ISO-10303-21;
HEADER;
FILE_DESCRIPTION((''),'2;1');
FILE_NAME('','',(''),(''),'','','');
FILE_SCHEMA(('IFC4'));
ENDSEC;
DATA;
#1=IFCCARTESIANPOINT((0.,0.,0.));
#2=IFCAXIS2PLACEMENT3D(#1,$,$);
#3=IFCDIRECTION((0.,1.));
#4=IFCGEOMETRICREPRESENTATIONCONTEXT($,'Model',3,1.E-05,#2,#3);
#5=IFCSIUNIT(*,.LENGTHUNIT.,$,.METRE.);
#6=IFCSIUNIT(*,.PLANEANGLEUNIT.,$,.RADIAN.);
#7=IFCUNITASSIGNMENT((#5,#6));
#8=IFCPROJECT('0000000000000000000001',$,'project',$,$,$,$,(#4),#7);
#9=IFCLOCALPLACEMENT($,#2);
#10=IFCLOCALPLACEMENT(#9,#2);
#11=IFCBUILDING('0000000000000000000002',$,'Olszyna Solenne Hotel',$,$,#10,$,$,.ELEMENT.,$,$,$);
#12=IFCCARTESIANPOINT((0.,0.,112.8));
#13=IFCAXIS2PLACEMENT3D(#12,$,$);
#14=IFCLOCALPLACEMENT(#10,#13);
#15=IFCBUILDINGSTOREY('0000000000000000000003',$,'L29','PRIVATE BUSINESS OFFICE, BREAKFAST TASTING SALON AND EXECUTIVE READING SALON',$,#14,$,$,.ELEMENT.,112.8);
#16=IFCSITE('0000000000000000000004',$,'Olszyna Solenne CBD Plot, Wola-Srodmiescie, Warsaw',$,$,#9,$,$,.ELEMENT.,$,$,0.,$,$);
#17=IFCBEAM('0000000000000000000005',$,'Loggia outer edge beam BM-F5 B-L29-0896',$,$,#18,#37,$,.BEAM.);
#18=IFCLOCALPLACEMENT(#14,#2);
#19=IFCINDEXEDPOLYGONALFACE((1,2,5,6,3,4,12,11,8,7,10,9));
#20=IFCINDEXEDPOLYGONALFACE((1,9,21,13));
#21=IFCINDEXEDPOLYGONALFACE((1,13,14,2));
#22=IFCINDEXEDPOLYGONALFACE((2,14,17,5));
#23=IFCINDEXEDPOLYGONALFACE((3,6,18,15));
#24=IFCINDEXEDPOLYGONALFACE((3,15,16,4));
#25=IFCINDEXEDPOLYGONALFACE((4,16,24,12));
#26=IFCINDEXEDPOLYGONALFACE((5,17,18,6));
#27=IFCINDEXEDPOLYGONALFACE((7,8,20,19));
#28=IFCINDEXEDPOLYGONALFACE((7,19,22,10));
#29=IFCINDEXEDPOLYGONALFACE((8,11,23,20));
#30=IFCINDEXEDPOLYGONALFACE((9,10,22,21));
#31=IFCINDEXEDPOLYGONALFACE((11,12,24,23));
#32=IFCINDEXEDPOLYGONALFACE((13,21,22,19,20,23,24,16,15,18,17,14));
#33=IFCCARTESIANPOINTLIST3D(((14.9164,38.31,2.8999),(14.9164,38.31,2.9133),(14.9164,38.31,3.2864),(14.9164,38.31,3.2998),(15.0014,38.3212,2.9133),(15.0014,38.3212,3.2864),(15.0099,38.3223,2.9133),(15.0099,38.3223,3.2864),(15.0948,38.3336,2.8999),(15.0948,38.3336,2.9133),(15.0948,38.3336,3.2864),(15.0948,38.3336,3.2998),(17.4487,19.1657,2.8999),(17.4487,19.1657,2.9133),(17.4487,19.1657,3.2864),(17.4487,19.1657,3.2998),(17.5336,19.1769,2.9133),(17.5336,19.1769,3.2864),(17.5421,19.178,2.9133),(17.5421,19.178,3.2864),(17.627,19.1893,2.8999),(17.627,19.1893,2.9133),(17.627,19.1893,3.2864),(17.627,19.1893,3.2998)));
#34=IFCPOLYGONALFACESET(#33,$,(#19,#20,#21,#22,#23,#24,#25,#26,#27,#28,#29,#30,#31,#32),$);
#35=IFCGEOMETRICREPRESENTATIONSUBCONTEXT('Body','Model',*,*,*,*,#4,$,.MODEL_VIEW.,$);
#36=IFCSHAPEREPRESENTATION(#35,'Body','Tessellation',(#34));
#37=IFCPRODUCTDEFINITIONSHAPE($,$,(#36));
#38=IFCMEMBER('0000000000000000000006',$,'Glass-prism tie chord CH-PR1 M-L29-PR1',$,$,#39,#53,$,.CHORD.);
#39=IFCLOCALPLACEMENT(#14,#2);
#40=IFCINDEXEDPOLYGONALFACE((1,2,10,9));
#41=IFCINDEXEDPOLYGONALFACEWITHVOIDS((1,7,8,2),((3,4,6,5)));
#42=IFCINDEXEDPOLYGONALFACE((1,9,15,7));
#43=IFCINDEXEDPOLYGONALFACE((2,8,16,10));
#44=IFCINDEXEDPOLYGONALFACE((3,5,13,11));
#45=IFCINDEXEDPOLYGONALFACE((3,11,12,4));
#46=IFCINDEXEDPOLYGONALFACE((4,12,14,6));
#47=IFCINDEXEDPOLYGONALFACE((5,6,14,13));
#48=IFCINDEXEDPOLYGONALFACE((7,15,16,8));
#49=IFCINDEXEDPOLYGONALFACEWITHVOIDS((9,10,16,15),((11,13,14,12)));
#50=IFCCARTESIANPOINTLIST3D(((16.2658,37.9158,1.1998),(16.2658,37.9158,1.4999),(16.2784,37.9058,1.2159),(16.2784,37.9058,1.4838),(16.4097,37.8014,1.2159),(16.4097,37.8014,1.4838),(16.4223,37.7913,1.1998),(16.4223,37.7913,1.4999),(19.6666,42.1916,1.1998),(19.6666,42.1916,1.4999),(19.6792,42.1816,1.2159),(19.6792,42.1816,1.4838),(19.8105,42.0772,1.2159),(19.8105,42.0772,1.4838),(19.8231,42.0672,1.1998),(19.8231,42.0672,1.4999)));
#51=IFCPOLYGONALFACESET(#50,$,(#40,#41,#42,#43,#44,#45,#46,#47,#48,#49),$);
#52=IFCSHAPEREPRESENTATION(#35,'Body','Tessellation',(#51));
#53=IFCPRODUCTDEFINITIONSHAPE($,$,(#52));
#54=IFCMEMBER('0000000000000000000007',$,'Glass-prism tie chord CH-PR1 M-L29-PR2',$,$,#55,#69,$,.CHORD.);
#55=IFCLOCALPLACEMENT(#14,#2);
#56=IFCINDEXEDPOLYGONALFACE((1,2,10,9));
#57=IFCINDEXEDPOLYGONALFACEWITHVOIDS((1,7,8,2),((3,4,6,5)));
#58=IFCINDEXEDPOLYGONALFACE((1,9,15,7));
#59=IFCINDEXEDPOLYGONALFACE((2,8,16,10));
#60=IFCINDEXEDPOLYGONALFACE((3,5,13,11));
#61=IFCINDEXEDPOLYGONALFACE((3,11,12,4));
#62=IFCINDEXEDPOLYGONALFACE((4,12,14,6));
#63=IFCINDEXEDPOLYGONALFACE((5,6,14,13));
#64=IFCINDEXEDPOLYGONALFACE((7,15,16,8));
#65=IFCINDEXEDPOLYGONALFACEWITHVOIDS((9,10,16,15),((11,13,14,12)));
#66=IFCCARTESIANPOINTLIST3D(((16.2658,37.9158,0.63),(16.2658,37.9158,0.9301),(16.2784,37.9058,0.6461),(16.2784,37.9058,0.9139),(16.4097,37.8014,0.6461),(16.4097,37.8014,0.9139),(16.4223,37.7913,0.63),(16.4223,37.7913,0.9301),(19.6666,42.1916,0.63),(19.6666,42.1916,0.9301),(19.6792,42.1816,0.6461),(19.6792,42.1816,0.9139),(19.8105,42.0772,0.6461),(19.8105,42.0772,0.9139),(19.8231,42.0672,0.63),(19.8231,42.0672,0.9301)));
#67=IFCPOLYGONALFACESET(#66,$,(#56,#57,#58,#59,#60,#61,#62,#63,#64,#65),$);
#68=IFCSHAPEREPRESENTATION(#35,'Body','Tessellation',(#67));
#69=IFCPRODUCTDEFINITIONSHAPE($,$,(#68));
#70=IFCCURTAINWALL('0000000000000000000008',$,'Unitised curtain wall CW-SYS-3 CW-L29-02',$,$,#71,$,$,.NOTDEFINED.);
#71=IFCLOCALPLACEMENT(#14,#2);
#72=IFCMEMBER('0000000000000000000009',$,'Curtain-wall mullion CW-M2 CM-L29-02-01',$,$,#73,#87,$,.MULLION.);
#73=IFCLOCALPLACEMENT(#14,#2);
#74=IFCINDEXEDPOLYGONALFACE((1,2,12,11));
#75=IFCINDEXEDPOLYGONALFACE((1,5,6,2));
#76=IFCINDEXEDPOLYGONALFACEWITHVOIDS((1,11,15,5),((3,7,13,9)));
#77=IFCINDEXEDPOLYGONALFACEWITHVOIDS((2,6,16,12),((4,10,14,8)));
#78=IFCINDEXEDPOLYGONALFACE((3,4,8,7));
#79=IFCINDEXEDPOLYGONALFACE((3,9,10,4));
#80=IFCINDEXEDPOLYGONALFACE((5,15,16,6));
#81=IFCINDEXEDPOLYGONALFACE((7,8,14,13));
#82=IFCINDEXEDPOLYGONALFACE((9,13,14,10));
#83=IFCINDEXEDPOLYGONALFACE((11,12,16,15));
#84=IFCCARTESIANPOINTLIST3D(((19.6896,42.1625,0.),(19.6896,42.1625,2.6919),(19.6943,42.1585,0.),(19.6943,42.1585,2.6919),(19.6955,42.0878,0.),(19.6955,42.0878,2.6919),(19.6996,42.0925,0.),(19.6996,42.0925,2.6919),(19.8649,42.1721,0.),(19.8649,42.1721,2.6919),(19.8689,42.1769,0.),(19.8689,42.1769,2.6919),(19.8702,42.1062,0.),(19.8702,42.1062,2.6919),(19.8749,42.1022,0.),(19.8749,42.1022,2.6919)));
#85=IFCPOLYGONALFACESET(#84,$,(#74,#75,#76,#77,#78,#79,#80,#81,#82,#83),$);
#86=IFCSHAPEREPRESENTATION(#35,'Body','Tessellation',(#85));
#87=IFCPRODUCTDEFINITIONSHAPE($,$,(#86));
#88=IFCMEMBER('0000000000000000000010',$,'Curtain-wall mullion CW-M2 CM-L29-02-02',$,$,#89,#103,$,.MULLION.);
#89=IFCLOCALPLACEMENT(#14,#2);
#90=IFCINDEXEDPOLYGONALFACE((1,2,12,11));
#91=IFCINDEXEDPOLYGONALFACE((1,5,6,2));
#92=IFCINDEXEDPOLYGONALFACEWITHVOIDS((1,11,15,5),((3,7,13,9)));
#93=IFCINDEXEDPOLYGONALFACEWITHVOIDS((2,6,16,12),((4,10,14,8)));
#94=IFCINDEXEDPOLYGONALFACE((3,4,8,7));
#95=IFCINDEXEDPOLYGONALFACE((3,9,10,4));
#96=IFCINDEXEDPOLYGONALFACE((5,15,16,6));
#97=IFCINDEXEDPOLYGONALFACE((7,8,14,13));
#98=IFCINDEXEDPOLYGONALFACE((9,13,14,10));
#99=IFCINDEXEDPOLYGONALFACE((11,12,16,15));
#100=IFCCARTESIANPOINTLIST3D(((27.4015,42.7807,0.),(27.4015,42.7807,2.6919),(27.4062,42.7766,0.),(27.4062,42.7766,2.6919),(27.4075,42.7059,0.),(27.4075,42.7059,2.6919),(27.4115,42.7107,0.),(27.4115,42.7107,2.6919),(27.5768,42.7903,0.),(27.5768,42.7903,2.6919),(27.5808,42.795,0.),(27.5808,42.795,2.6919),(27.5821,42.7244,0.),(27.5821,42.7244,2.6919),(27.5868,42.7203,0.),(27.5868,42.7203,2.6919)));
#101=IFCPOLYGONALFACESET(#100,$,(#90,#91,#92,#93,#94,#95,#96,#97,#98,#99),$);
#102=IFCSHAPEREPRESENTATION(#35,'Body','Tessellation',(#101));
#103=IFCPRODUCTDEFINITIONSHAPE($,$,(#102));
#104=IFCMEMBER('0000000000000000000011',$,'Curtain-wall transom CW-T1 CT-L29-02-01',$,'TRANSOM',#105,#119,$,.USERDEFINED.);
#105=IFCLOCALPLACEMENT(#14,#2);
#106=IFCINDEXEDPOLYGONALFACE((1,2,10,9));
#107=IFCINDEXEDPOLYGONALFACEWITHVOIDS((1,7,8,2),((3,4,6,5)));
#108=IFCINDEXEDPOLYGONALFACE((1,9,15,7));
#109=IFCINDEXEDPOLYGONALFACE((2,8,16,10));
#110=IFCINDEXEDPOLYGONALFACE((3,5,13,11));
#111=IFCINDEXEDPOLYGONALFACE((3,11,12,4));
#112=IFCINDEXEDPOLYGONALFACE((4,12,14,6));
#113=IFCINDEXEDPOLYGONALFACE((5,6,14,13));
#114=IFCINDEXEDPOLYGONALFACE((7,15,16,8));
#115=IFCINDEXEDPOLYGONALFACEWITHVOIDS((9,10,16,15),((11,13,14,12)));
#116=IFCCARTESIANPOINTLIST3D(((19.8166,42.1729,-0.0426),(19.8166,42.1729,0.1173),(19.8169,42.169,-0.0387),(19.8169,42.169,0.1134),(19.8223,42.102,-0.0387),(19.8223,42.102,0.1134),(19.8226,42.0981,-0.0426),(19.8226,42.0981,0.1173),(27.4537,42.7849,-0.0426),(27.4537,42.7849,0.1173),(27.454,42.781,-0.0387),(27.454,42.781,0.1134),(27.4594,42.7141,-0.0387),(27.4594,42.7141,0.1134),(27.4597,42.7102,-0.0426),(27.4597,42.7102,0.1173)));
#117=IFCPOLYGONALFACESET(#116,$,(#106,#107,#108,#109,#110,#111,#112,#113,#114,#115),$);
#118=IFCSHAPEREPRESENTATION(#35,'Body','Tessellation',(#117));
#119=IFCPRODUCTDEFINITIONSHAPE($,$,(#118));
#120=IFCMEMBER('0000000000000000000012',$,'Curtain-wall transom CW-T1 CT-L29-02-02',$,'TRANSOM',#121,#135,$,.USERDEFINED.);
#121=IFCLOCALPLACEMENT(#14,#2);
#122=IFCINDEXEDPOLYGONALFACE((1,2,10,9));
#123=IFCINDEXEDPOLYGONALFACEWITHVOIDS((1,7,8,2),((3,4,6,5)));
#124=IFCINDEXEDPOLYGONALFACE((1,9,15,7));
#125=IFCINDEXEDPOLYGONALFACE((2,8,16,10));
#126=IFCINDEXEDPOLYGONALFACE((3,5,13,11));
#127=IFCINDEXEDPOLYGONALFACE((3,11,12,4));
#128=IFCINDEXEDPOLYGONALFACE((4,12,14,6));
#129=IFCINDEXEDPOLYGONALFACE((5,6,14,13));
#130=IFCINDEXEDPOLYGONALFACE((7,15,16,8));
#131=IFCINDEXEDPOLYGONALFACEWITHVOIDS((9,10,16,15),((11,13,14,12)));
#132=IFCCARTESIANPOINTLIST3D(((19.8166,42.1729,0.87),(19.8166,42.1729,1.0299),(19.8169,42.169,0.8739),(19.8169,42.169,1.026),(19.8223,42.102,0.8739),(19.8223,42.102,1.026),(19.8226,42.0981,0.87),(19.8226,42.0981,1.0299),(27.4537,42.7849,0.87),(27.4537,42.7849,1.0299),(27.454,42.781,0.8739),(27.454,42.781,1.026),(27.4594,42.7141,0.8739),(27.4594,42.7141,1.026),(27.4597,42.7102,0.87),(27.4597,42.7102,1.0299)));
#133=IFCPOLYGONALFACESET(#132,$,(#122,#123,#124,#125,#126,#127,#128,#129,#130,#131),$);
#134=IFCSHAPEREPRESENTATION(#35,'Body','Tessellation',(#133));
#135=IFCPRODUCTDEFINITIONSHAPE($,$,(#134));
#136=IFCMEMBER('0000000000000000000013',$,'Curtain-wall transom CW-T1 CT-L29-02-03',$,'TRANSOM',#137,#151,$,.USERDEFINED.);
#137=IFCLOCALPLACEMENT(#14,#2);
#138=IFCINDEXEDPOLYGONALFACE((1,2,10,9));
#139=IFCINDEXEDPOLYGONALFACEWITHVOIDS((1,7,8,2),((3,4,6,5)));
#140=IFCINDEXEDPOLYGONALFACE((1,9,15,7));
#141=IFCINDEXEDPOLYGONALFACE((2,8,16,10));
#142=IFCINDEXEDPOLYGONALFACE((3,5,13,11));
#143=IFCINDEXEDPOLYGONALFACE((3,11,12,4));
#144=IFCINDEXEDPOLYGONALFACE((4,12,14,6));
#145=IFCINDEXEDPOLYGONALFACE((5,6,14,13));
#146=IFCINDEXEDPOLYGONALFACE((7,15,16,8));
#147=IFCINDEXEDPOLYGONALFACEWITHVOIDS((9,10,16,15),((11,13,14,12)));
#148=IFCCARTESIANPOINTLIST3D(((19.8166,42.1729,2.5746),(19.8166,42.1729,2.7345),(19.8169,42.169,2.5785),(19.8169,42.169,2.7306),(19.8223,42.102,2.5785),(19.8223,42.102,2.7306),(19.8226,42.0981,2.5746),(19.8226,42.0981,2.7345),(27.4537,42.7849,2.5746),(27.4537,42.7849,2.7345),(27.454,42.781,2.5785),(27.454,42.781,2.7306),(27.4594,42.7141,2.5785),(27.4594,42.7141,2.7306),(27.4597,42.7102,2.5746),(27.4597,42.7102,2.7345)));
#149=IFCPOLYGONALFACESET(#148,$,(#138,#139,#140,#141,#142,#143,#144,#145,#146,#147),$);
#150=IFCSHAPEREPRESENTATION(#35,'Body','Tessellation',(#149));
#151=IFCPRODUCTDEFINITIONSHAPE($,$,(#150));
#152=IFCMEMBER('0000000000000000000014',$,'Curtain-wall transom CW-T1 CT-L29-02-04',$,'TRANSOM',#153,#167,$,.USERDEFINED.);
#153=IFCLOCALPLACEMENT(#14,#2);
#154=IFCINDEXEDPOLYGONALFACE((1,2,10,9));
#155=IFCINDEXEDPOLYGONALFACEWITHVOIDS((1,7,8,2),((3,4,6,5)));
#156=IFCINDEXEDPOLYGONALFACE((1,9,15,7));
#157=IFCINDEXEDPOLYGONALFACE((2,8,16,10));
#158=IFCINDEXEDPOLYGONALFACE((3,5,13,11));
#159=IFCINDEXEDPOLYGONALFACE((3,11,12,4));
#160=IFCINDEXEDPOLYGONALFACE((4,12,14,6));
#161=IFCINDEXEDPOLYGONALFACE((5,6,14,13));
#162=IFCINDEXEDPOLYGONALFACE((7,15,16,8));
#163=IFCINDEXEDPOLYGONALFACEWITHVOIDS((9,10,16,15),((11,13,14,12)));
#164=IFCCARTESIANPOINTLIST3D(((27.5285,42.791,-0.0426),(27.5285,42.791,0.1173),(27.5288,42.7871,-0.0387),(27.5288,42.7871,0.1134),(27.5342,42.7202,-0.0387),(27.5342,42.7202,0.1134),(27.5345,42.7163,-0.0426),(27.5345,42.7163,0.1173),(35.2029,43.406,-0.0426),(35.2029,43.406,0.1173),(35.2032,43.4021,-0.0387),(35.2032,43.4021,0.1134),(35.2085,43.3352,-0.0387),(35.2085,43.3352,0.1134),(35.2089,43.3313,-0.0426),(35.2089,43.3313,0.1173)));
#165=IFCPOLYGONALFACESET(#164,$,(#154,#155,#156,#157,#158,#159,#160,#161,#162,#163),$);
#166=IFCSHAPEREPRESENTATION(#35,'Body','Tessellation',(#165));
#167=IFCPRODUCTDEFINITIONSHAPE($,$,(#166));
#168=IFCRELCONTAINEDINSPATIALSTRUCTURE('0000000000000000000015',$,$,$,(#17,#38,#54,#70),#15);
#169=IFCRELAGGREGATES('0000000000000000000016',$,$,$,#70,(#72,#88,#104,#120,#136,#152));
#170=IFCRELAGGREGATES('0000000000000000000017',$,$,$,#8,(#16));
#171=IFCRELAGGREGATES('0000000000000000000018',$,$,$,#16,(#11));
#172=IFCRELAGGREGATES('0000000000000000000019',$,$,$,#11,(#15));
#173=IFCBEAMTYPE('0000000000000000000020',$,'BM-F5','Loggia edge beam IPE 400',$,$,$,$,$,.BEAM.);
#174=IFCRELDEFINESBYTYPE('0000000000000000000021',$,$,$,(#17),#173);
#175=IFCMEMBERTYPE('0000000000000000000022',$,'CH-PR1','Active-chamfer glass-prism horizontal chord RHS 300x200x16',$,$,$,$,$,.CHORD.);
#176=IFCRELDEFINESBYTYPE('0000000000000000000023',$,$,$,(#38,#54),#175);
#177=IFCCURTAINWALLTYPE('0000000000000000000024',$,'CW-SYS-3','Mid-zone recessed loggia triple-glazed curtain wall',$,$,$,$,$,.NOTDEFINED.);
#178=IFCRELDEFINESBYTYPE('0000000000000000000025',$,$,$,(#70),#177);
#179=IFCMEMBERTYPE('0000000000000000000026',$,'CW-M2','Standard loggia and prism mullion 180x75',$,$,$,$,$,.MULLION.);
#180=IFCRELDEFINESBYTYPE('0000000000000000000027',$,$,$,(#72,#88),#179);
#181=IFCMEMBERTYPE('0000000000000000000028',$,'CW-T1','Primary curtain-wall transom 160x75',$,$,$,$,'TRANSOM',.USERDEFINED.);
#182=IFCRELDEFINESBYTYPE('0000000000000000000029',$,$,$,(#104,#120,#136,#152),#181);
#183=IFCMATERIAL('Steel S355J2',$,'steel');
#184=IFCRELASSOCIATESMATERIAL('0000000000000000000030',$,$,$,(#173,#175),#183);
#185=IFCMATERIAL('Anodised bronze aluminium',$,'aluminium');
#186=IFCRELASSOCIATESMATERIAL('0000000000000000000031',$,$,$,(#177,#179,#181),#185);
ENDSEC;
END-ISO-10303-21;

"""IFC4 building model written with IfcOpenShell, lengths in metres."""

from ifc_helpers import new_model, si_unit, direction, frame, origin, origin_2d, place, context, subcontext, project, spatial, hollow_rectangle, i_section, extrude, source, transform, mapped, material, material_profile, profile_set, type_object, element, aggregate, save


model = new_model("IFC4")

# Units and contexts
model_context = context("Model", 3, precision=1e-05, world=origin(), true_north=direction((0.0, 1.0)))
body_context = subcontext(model_context, "Body", "Model", "MODEL_VIEW")
ifc_project = project(units=[si_unit("LENGTHUNIT", "METRE"), si_unit("PLANEANGLEUNIT", "RADIAN")], contexts=[model_context])

# Site, building, storey
site_placement = place(None, origin())
site = spatial("IfcSite", under=ifc_project, at=site_placement, Name="Olszyna Solenne CBD Plot, Wola-Srodmiescie, Warsaw", CompositionType="ELEMENT", RefElevation=0.0)
building_placement = place(site_placement, origin())
building = spatial("IfcBuilding", under=site, at=building_placement, Name="Olszyna Solenne Hotel", CompositionType="ELEMENT")
storey_placement = place(building_placement, frame((0.0, 0.0, 112.8)))
storey = spatial("IfcBuildingStorey", under=building, at=storey_placement, Name="L29", Description="PRIVATE BUSINESS OFFICE, BREAKFAST TASTING SALON AND EXECUTIVE READING SALON", CompositionType="ELEMENT", Elevation=112.8)

# Beam
ifc_material_1 = material(Name="Steel S355J2", Category="steel")
ifc_material_profile_1 = material_profile(ifc_material_1, i_section(OverallWidth=0.1799, OverallDepth=0.3999, WebThickness=0.0085, FlangeThickness=0.0134, at=origin_2d()), Name="IPE 400", Category="load-bearing")
ifc_profile_set_1 = profile_set([ifc_material_profile_1], Name="Steel S355J2")
beam_type_1 = type_object("IfcBeamType", Name="BM-F5", Description="Loggia edge beam IPE 400", PredefinedType="BEAM", material=ifc_profile_set_1)
shared_shape_1 = source(origin(), body_context, "Body", "SweptSolid", [
    extrude(i_section(OverallWidth=0.1799, OverallDepth=0.3999, WebThickness=0.0085, FlangeThickness=0.0134, at=origin_2d()), origin(), (0.0, 0.0, 1.0), 19.311),
])
beam_1_placement = place(storey_placement, frame((15.0056, 38.3218, 3.0999), z_axis=(0.131129, -0.991365, 0.0), x_axis=(0.991365, 0.131129, 0.0)))
element("IfcBeam", 1, at=beam_1_placement, inside=storey, type_object=beam_type_1, Name="Loggia outer edge beam BM-F5 B-L29-0896", PredefinedType="BEAM", context=body_context, shape_type="MappedRepresentation", body=[
    mapped(shared_shape_1, transform((0.0, 0.0, 0.0), x_axis=(1.0, 0.0, 0.0), y_axis=(0.0, 1.0, 0.0), z_axis=(0.0, 0.0, 1.0), scale=1.0)),
])

# Members
ifc_material_profile_2 = material_profile(ifc_material_1, hollow_rectangle(XDim=0.2, YDim=0.3, WallThickness=0.0161, at=origin_2d()), Name="RHS 300x200x16", Category="load-bearing")
ifc_profile_set_2 = profile_set([ifc_material_profile_2], Name="Steel S355J2")
member_type_1 = type_object("IfcMemberType", Name="CH-PR1", Description="Active-chamfer glass-prism horizontal chord RHS 300x200x16", PredefinedType="CHORD", material=ifc_profile_set_2)
shared_shape_2 = source(origin(), body_context, "Body", "SweptSolid", [
    extrude(hollow_rectangle(XDim=0.2, YDim=0.3, WallThickness=0.0161, at=origin_2d()), origin(), (0.0, 0.0, 1.0), 5.4634),
])
for number, where, z_axis, x_axis, name in (
    (2, (19.7449, 42.1294, 1.3499), (-0.62248, -0.782636, 0.0), (0.782636, -0.62248, 0.0), "Glass-prism tie chord CH-PR1 M-L29-PR1"),
    (3, (19.7449, 42.1294, 0.78), (-0.62248, -0.782636, 0.0), (0.782636, -0.62248, 0.0), "Glass-prism tie chord CH-PR1 M-L29-PR2"),
):
    element("IfcMember", number, at=place(storey_placement, frame(where, z_axis=z_axis, x_axis=x_axis)), inside=storey, type_object=member_type_1, Name=name, PredefinedType="CHORD", context=body_context, shape_type="MappedRepresentation", body=[
        mapped(shared_shape_2, transform((0.0, 0.0, 0.0), x_axis=(1.0, 0.0, 0.0), y_axis=(0.0, 1.0, 0.0), z_axis=(0.0, 0.0, 1.0), scale=1.0)),
    ])

# Curtain wall, members
ifc_material_2 = material(Name="Anodised bronze aluminium", Category="aluminium")
curtain_wall_type = type_object("IfcCurtainWallType", Name="CW-SYS-3", Description="Mid-zone recessed loggia triple-glazed curtain wall", PredefinedType="NOTDEFINED", material=ifc_material_2)
curtain_wall_placement = place(storey_placement, origin())
curtain_wall = element("IfcCurtainWall", 4, at=curtain_wall_placement, inside=storey, type_object=curtain_wall_type, Name="Unitised curtain wall CW-SYS-3 CW-L29-02", PredefinedType="NOTDEFINED")
ifc_material_profile_3 = material_profile(ifc_material_2, hollow_rectangle(XDim=0.075, YDim=0.1799, WallThickness=0.0044, at=origin_2d()), Name="MULL 180x75x4.5", Category="load-bearing")
ifc_profile_set_3 = profile_set([ifc_material_profile_3], Name="Anodised bronze aluminium")
member_type_2 = type_object("IfcMemberType", Name="CW-M2", Description="Standard loggia and prism mullion 180x75", PredefinedType="MULLION", material=ifc_profile_set_3)
shared_shape_3 = source(origin(), body_context, "Body", "SweptSolid", [
    extrude(hollow_rectangle(XDim=0.075, YDim=0.1799, WallThickness=0.0044, at=origin_2d()), origin(), (0.0, 0.0, 1.0), 2.6919),
])
member_1_placement = place(storey_placement, frame((19.7822, 42.1323, 0.0), z_axis=(0.0, 0.0, 1.0), x_axis=(-0.079903, 0.996803, 0.0)))
member_1 = element("IfcMember", 5, at=member_1_placement, type_object=member_type_2, Name="Curtain-wall mullion CW-M2 CM-L29-02-01", PredefinedType="MULLION", context=body_context, shape_type="MappedRepresentation", body=[
    mapped(shared_shape_3, transform((0.0, 0.0, 0.0), x_axis=(1.0, 0.0, 0.0), y_axis=(0.0, 1.0, 0.0), z_axis=(0.0, 0.0, 1.0), scale=1.0)),
])
member_2_placement = place(storey_placement, frame((27.4941, 42.7505, 0.0), z_axis=(0.0, 0.0, 1.0), x_axis=(-0.079903, 0.996803, 0.0)))
member_2 = element("IfcMember", 6, at=member_2_placement, type_object=member_type_2, Name="Curtain-wall mullion CW-M2 CM-L29-02-02", PredefinedType="MULLION", context=body_context, shape_type="MappedRepresentation", body=[
    mapped(shared_shape_3, transform((0.0, 0.0, 0.0), x_axis=(1.0, 0.0, 0.0), y_axis=(0.0, 1.0, 0.0), z_axis=(0.0, 0.0, 1.0), scale=1.0)),
])
ifc_material_profile_4 = material_profile(ifc_material_2, hollow_rectangle(XDim=0.075, YDim=0.1599, WallThickness=0.0039, at=origin_2d()), Name="TRAN 160x75x4", Category="load-bearing")
ifc_profile_set_4 = profile_set([ifc_material_profile_4], Name="Anodised bronze aluminium")
member_type_3 = type_object("IfcMemberType", Name="CW-T1", Description="Primary curtain-wall transom 160x75", ElementType="TRANSOM", PredefinedType="USERDEFINED", material=ifc_profile_set_4)
shared_shape_4 = source(origin(), body_context, "Body", "SweptSolid", [
    extrude(hollow_rectangle(XDim=0.075, YDim=0.1599, WallThickness=0.0039, at=origin_2d()), origin(), (0.0, 0.0, 1.0), 7.6616),
])
member_3_placement = place(storey_placement, frame((19.8196, 42.1355, 0.0374), z_axis=(0.996804, 0.079886, 0.0), x_axis=(-0.079886, 0.996804, 0.0)))
member_3 = element("IfcMember", 7, at=member_3_placement, type_object=member_type_3, Name="Curtain-wall transom CW-T1 CT-L29-02-01", ObjectType="TRANSOM", PredefinedType="USERDEFINED", context=body_context, shape_type="MappedRepresentation", body=[
    mapped(shared_shape_4, transform((0.0, 0.0, 0.0), x_axis=(1.0, 0.0, 0.0), y_axis=(0.0, 1.0, 0.0), z_axis=(0.0, 0.0, 1.0), scale=1.0)),
])
member_4_placement = place(storey_placement, frame((19.8196, 42.1355, 0.95), z_axis=(0.996804, 0.079886, 0.0), x_axis=(-0.079886, 0.996804, 0.0)))
member_4 = element("IfcMember", 8, at=member_4_placement, type_object=member_type_3, Name="Curtain-wall transom CW-T1 CT-L29-02-02", ObjectType="TRANSOM", PredefinedType="USERDEFINED", context=body_context, shape_type="MappedRepresentation", body=[
    mapped(shared_shape_4, transform((0.0, 0.0, 0.0), x_axis=(1.0, 0.0, 0.0), y_axis=(0.0, 1.0, 0.0), z_axis=(0.0, 0.0, 1.0), scale=1.0)),
])
member_5_placement = place(storey_placement, frame((19.8196, 42.1355, 2.6545), z_axis=(0.996804, 0.079886, 0.0), x_axis=(-0.079886, 0.996804, 0.0)))
member_5 = element("IfcMember", 9, at=member_5_placement, type_object=member_type_3, Name="Curtain-wall transom CW-T1 CT-L29-02-03", ObjectType="TRANSOM", PredefinedType="USERDEFINED", context=body_context, shape_type="MappedRepresentation", body=[
    mapped(shared_shape_4, transform((0.0, 0.0, 0.0), x_axis=(1.0, 0.0, 0.0), y_axis=(0.0, 1.0, 0.0), z_axis=(0.0, 0.0, 1.0), scale=1.0)),
])
shared_shape_5 = source(origin(), body_context, "Body", "SweptSolid", [
    extrude(hollow_rectangle(XDim=0.075, YDim=0.1599, WallThickness=0.0039, at=origin_2d()), origin(), (0.0, 0.0, 1.0), 7.699),
])
member_6_placement = place(storey_placement, frame((27.5315, 42.7537, 0.0374), z_axis=(0.996804, 0.07988, 0.0), x_axis=(-0.07988, 0.996804, 0.0)))
member_6 = element("IfcMember", 10, at=member_6_placement, type_object=member_type_3, Name="Curtain-wall transom CW-T1 CT-L29-02-04", ObjectType="TRANSOM", PredefinedType="USERDEFINED", context=body_context, shape_type="MappedRepresentation", body=[
    mapped(shared_shape_5, transform((0.0, 0.0, 0.0), x_axis=(1.0, 0.0, 0.0), y_axis=(0.0, 1.0, 0.0), z_axis=(0.0, 0.0, 1.0), scale=1.0)),
])

aggregate(curtain_wall, [member_1, member_2, member_3, member_4, member_5, member_6])

save(model, "model.ifc")
